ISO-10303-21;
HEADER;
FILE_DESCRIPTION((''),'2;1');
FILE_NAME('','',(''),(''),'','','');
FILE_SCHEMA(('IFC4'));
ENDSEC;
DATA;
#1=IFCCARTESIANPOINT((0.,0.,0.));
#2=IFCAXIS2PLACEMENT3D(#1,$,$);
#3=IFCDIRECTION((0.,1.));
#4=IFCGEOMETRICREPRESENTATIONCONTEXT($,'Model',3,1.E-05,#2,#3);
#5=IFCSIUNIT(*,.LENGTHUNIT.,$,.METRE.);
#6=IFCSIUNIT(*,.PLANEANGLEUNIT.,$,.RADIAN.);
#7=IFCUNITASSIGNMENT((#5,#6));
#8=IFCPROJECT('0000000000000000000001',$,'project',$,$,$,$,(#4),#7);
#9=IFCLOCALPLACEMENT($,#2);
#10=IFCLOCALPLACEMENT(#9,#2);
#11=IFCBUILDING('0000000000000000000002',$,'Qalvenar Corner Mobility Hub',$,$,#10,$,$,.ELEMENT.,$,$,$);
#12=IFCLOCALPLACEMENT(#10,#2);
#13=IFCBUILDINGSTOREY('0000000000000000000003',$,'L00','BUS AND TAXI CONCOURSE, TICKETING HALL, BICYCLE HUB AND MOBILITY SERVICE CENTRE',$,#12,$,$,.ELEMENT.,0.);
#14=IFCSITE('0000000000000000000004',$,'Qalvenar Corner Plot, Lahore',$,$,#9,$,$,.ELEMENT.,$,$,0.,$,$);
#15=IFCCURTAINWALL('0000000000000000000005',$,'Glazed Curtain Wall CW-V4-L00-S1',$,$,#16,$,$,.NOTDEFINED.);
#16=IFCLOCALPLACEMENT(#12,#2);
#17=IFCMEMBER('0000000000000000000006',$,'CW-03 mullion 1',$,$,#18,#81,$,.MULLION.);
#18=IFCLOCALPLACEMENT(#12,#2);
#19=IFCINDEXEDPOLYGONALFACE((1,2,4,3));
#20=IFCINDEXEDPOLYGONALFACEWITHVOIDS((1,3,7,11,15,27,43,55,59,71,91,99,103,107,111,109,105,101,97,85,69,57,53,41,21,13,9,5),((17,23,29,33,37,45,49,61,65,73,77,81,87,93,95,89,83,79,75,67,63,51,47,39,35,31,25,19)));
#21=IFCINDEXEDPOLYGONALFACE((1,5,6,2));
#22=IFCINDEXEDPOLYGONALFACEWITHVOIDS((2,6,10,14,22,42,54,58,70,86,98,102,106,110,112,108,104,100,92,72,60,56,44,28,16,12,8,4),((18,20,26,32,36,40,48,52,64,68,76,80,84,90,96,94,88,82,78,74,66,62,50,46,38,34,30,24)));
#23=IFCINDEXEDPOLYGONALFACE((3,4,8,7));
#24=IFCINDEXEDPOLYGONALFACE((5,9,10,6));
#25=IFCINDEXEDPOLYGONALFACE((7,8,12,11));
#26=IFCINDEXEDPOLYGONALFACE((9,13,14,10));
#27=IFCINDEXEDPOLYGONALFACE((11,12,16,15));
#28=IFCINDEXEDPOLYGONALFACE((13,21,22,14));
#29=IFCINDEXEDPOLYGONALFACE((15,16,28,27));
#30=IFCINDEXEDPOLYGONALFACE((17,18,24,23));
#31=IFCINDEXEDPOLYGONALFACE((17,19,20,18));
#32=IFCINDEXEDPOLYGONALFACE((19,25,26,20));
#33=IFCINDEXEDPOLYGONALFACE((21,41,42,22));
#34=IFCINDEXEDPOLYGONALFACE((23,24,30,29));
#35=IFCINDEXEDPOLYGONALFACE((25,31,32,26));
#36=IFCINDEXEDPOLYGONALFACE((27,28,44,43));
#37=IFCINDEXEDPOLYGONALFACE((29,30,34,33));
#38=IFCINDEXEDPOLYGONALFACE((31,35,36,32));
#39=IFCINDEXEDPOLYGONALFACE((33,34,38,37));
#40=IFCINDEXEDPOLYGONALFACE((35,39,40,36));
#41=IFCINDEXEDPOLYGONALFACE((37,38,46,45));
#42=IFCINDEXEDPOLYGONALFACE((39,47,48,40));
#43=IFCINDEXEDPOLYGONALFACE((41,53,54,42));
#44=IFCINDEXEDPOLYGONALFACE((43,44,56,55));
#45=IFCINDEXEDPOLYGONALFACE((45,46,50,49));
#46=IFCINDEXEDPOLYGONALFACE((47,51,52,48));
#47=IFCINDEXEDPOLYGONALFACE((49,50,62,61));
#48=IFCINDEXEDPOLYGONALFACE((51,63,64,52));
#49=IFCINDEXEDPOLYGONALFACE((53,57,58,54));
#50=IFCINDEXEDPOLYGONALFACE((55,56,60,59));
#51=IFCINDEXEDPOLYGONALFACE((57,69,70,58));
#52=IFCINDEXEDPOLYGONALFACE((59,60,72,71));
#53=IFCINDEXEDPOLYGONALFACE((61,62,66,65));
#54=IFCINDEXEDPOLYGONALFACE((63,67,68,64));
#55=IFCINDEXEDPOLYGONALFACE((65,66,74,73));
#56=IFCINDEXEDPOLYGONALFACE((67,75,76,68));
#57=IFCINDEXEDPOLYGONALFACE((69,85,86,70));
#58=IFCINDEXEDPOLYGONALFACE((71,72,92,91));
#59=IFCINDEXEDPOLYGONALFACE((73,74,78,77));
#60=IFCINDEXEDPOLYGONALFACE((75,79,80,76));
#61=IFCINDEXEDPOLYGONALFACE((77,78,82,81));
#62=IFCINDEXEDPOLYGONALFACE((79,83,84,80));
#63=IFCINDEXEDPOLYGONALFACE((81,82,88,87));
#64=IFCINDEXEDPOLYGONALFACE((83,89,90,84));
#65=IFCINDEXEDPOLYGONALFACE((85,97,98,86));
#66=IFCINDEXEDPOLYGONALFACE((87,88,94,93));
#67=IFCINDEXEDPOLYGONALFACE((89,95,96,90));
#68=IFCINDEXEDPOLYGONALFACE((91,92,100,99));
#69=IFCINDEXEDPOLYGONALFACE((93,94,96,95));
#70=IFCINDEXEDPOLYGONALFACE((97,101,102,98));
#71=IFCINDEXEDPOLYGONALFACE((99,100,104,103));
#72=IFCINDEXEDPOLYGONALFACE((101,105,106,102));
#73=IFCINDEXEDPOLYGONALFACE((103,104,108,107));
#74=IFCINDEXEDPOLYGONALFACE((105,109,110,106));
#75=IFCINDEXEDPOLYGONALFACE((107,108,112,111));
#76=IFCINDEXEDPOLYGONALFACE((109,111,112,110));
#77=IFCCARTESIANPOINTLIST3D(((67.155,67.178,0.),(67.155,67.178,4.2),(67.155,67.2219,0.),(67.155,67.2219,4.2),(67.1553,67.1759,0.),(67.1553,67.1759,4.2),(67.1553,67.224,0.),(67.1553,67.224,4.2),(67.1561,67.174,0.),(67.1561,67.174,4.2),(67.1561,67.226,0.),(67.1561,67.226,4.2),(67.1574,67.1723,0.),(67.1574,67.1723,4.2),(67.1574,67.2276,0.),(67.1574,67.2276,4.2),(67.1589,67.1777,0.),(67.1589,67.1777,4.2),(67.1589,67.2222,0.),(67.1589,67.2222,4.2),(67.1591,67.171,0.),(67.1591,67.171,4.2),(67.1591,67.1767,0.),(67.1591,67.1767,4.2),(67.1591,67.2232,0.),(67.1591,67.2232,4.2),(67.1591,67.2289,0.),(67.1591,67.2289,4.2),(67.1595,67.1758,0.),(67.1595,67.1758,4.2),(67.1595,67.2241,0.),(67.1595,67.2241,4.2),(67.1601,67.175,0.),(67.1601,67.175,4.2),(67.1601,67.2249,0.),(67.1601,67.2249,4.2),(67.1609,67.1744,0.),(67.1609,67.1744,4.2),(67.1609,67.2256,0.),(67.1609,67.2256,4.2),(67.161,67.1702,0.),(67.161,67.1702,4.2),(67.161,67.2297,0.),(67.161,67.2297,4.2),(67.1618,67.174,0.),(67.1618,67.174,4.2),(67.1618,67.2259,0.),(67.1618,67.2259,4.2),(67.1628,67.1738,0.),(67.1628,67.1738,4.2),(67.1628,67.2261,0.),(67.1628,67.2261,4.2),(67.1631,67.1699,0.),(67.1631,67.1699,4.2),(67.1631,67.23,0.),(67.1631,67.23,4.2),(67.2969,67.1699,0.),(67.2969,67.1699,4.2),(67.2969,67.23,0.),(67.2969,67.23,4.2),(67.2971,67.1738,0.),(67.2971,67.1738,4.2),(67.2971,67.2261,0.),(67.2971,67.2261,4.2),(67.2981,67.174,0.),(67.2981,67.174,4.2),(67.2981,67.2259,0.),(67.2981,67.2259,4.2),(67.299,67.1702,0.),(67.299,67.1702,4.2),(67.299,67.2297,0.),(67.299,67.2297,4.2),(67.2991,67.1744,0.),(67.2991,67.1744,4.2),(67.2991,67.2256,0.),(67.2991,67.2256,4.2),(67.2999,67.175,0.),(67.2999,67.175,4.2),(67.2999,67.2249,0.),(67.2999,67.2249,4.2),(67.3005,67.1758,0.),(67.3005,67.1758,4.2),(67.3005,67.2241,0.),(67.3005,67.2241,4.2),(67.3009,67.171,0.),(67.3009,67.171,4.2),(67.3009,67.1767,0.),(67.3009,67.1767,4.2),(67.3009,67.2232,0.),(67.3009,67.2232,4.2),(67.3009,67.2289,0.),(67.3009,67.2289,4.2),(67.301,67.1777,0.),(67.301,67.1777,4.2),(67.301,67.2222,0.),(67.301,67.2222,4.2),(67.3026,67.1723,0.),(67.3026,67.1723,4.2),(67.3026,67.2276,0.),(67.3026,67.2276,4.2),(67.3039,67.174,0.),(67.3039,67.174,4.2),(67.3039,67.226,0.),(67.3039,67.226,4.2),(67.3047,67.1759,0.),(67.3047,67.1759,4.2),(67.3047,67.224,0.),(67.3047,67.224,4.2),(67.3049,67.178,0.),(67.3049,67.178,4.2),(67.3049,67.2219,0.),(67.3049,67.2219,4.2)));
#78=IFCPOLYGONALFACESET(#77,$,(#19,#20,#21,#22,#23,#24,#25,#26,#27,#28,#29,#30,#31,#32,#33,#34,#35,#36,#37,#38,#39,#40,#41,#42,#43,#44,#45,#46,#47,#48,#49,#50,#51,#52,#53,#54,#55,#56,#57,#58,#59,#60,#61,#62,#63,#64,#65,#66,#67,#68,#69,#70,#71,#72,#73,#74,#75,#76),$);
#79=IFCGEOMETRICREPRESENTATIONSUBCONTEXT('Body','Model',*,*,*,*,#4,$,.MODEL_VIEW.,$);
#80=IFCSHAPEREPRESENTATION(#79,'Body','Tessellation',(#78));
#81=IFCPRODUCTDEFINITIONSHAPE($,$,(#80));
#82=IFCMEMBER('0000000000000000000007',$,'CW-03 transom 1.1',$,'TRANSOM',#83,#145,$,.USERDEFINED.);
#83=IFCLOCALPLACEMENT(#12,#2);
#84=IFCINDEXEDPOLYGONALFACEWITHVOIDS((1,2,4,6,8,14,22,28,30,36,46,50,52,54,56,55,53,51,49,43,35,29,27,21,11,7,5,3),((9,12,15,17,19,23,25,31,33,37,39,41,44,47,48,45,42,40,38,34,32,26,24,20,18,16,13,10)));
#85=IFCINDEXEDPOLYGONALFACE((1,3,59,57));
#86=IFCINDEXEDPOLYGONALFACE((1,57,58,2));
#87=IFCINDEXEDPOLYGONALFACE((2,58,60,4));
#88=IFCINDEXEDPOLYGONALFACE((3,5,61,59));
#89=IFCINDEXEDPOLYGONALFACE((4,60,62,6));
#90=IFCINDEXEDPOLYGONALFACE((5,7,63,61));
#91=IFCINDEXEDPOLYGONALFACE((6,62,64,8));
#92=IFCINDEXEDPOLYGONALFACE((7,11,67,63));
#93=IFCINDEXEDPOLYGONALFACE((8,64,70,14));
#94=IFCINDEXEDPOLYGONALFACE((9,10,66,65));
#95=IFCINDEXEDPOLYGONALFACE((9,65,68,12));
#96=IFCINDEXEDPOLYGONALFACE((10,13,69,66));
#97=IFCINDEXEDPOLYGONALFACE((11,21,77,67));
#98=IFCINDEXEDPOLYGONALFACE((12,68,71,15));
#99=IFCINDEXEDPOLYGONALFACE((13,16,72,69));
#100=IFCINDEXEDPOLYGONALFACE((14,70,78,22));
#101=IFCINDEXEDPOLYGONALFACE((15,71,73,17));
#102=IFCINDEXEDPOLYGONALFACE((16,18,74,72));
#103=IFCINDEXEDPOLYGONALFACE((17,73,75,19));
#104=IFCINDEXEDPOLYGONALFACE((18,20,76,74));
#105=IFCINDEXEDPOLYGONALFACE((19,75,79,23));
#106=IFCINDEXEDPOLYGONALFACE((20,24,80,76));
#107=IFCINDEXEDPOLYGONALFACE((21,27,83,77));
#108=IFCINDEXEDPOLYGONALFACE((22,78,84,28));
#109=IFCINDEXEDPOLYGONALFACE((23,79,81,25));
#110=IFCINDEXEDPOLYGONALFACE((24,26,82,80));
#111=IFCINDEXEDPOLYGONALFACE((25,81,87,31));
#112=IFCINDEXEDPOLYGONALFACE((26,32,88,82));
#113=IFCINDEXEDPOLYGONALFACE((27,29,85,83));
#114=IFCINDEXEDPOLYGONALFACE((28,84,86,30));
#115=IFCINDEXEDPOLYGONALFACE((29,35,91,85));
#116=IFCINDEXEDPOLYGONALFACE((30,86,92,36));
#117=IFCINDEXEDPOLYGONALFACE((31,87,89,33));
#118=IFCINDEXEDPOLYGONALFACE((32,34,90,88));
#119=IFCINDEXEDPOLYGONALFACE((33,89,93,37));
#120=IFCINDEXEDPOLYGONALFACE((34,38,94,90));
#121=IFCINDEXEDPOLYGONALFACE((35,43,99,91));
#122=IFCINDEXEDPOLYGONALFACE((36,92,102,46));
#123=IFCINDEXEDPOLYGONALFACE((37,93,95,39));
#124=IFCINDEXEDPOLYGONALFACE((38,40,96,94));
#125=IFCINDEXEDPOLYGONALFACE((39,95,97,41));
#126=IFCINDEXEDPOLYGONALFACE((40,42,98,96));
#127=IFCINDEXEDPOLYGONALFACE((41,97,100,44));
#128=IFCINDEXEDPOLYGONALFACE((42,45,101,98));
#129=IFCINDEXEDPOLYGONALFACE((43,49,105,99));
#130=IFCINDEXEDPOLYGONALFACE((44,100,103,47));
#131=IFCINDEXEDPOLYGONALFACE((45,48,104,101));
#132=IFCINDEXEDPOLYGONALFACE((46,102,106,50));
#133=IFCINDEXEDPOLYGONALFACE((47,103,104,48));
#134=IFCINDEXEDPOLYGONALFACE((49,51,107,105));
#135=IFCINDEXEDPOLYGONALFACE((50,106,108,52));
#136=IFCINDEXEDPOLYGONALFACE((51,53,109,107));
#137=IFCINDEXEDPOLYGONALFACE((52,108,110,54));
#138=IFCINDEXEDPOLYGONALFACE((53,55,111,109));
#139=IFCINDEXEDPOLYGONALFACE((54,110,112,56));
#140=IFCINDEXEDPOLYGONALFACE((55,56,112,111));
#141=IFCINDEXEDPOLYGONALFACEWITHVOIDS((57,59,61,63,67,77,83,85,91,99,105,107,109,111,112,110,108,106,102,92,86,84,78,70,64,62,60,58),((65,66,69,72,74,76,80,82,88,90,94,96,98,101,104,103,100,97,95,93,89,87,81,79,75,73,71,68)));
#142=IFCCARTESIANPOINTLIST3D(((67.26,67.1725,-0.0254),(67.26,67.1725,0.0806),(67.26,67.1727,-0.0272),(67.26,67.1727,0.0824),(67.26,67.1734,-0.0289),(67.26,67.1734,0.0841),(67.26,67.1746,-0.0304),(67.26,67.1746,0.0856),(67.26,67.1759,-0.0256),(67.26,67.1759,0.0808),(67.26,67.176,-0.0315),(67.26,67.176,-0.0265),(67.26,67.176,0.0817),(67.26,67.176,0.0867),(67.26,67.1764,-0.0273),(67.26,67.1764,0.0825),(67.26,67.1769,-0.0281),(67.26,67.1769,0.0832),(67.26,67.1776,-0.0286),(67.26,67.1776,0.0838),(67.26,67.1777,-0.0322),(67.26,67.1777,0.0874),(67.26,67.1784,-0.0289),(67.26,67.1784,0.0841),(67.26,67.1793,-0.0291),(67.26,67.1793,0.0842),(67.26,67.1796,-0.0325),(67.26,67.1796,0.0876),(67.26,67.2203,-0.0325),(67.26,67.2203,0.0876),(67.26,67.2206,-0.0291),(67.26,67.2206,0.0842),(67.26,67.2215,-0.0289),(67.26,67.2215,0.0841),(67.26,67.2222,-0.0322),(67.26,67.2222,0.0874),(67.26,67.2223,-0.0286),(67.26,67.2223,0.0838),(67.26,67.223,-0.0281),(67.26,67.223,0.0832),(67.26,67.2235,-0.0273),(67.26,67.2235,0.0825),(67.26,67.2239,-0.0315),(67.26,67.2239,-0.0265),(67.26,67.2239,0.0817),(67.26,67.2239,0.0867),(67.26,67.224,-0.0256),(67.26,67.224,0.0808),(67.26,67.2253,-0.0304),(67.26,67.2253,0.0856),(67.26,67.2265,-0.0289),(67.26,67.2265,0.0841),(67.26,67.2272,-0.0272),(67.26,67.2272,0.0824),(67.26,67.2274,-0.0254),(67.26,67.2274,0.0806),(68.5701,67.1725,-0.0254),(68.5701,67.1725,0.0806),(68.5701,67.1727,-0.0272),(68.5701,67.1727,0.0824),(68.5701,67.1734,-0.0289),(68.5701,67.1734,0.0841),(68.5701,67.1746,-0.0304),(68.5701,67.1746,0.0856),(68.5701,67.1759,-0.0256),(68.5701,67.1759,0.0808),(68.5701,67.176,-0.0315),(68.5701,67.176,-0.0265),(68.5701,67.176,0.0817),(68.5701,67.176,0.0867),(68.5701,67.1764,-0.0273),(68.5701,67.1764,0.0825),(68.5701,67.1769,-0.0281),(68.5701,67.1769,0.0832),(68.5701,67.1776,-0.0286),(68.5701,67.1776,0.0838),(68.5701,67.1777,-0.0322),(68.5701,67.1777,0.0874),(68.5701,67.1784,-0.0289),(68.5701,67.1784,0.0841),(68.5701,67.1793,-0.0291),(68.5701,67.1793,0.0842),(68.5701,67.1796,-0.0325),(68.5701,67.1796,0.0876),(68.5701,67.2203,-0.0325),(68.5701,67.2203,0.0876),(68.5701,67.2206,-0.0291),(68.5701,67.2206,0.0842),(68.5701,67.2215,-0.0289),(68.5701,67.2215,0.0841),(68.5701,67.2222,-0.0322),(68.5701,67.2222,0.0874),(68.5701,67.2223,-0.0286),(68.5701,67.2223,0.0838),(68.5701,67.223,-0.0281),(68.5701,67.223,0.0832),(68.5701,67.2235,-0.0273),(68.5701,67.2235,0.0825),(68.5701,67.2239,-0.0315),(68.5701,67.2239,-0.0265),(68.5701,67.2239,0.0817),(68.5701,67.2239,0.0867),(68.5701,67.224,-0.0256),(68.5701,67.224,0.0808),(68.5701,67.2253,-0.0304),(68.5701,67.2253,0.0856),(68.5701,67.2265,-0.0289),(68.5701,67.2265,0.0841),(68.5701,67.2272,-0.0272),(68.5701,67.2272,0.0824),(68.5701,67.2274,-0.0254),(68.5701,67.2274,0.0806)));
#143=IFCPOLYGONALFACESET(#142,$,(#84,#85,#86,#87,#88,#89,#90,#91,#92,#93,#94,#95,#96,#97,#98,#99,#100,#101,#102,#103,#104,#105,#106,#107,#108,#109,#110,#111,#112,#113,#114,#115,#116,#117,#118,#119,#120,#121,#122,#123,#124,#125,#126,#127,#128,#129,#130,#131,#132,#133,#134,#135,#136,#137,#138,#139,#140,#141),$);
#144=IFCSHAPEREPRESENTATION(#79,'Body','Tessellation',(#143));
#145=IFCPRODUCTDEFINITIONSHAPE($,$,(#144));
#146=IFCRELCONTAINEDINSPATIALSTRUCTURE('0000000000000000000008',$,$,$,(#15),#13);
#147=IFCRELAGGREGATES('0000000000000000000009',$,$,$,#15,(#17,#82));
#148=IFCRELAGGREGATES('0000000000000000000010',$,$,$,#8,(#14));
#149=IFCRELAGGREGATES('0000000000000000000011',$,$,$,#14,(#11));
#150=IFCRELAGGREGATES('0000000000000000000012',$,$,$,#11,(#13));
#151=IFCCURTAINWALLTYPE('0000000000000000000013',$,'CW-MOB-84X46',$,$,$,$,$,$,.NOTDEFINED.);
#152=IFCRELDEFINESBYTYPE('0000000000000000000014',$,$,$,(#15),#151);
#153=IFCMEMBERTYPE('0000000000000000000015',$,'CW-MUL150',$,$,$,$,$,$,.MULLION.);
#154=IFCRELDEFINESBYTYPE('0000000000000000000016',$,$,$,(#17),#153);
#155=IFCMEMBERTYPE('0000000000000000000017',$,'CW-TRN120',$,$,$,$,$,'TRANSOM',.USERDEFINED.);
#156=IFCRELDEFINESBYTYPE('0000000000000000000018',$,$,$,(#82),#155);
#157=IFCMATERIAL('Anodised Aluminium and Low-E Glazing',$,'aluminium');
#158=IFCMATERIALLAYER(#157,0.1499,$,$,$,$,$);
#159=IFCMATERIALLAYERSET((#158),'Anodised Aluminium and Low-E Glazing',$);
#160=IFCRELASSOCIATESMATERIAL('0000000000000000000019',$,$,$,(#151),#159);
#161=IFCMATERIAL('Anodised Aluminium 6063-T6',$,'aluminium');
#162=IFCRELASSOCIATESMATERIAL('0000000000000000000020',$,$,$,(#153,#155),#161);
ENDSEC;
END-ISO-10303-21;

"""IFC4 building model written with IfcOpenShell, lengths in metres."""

from ifc_helpers import new_model, si_unit, direction, frame, origin, origin_2d, place, context, subcontext, project, spatial, hollow_rectangle, extrude, material, layer, layer_set, material_profile, profile_set, type_object, element, aggregate, save


model = new_model("IFC4")

# Units and contexts
model_context = context("Model", 3, precision=1e-05, world=origin(), true_north=direction((0.0, 1.0)))
body_context = subcontext(model_context, "Body", "Model", "MODEL_VIEW")
ifc_project = project(units=[si_unit("LENGTHUNIT", "METRE"), si_unit("PLANEANGLEUNIT", "RADIAN")], contexts=[model_context])

# Site, building, storey
site_placement = place(None, origin())
site = spatial("IfcSite", under=ifc_project, at=site_placement, Name="Qalvenar Corner Plot, Lahore", CompositionType="ELEMENT", RefElevation=0.0)
building_placement = place(site_placement, origin())
building = spatial("IfcBuilding", under=site, at=building_placement, Name="Qalvenar Corner Mobility Hub", CompositionType="ELEMENT")
storey_placement = place(building_placement, origin())
storey = spatial("IfcBuildingStorey", under=building, at=storey_placement, Name="L00", Description="BUS AND TAXI CONCOURSE, TICKETING HALL, BICYCLE HUB AND MOBILITY SERVICE CENTRE", CompositionType="ELEMENT", Elevation=0.0)

# Curtain wall, members
ifc_material_1 = material(Name="Anodised Aluminium and Low-E Glazing", Category="aluminium")
ifc_layer_1 = layer(ifc_material_1, 0.1499)
ifc_layer_set_1 = layer_set([ifc_layer_1], Name="Anodised Aluminium and Low-E Glazing")
curtain_wall_type = type_object("IfcCurtainWallType", Name="CW-MOB-84X46", PredefinedType="NOTDEFINED", material=ifc_layer_set_1)
curtain_wall_placement = place(storey_placement, origin())
curtain_wall = element("IfcCurtainWall", 1, at=curtain_wall_placement, inside=storey, type_object=curtain_wall_type, Name="Glazed Curtain Wall CW-V4-L00-S1", PredefinedType="NOTDEFINED")
ifc_material_2 = material(Name="Anodised Aluminium 6063-T6", Category="aluminium")
ifc_material_profile_1 = material_profile(ifc_material_2, hollow_rectangle(XDim=0.0601, YDim=0.1499, WallThickness=0.0039, InnerFilletRadius=0.0039, OuterFilletRadius=0.0081, at=origin_2d()), Name="RHS150x60x4")
ifc_profile_set_1 = profile_set([ifc_material_profile_1], Name="Anodised Aluminium 6063-T6")
member_type_1 = type_object("IfcMemberType", Name="CW-MUL150", PredefinedType="MULLION", material=ifc_profile_set_1)
member_1_placement = place(storey_placement, frame((67.23, 67.2, 0.0), z_axis=(0.0, 0.0, 1.0), x_axis=(0.0, 1.0, 0.0)))
member_1 = element("IfcMember", 2, at=member_1_placement, type_object=member_type_1, Name="CW-03 mullion 1", PredefinedType="MULLION", context=body_context, shape_type="SweptSolid", body=[
    extrude(hollow_rectangle(XDim=0.0601, YDim=0.1499, WallThickness=0.0039, InnerFilletRadius=0.0039, OuterFilletRadius=0.0081, at=origin_2d()), origin(), (0.0, 0.0, 1.0), 4.2),
])
ifc_material_profile_2 = material_profile(ifc_material_2, hollow_rectangle(XDim=0.0549, YDim=0.1201, WallThickness=0.0034, InnerFilletRadius=0.0034, OuterFilletRadius=0.0071, at=origin_2d()), Name="RHS120x55x3.5")
ifc_profile_set_2 = profile_set([ifc_material_profile_2], Name="Anodised Aluminium 6063-T6")
member_type_2 = type_object("IfcMemberType", Name="CW-TRN120", ElementType="TRANSOM", PredefinedType="USERDEFINED", material=ifc_profile_set_2)
member_2_placement = place(storey_placement, frame((67.26, 67.2, 0.0276), z_axis=(1.0, 0.0, 0.0), x_axis=(0.0, 1.0, 0.0)))
member_2 = element("IfcMember", 3, at=member_2_placement, type_object=member_type_2, Name="CW-03 transom 1.1", ObjectType="TRANSOM", PredefinedType="USERDEFINED", context=body_context, shape_type="SweptSolid", body=[
    extrude(hollow_rectangle(XDim=0.0549, YDim=0.1201, WallThickness=0.0034, InnerFilletRadius=0.0034, OuterFilletRadius=0.0071, at=origin_2d()), origin(), (0.0, 0.0, 1.0), 1.3101),
])
aggregate(curtain_wall, [member_1, member_2])

save(model, "model.ifc")
